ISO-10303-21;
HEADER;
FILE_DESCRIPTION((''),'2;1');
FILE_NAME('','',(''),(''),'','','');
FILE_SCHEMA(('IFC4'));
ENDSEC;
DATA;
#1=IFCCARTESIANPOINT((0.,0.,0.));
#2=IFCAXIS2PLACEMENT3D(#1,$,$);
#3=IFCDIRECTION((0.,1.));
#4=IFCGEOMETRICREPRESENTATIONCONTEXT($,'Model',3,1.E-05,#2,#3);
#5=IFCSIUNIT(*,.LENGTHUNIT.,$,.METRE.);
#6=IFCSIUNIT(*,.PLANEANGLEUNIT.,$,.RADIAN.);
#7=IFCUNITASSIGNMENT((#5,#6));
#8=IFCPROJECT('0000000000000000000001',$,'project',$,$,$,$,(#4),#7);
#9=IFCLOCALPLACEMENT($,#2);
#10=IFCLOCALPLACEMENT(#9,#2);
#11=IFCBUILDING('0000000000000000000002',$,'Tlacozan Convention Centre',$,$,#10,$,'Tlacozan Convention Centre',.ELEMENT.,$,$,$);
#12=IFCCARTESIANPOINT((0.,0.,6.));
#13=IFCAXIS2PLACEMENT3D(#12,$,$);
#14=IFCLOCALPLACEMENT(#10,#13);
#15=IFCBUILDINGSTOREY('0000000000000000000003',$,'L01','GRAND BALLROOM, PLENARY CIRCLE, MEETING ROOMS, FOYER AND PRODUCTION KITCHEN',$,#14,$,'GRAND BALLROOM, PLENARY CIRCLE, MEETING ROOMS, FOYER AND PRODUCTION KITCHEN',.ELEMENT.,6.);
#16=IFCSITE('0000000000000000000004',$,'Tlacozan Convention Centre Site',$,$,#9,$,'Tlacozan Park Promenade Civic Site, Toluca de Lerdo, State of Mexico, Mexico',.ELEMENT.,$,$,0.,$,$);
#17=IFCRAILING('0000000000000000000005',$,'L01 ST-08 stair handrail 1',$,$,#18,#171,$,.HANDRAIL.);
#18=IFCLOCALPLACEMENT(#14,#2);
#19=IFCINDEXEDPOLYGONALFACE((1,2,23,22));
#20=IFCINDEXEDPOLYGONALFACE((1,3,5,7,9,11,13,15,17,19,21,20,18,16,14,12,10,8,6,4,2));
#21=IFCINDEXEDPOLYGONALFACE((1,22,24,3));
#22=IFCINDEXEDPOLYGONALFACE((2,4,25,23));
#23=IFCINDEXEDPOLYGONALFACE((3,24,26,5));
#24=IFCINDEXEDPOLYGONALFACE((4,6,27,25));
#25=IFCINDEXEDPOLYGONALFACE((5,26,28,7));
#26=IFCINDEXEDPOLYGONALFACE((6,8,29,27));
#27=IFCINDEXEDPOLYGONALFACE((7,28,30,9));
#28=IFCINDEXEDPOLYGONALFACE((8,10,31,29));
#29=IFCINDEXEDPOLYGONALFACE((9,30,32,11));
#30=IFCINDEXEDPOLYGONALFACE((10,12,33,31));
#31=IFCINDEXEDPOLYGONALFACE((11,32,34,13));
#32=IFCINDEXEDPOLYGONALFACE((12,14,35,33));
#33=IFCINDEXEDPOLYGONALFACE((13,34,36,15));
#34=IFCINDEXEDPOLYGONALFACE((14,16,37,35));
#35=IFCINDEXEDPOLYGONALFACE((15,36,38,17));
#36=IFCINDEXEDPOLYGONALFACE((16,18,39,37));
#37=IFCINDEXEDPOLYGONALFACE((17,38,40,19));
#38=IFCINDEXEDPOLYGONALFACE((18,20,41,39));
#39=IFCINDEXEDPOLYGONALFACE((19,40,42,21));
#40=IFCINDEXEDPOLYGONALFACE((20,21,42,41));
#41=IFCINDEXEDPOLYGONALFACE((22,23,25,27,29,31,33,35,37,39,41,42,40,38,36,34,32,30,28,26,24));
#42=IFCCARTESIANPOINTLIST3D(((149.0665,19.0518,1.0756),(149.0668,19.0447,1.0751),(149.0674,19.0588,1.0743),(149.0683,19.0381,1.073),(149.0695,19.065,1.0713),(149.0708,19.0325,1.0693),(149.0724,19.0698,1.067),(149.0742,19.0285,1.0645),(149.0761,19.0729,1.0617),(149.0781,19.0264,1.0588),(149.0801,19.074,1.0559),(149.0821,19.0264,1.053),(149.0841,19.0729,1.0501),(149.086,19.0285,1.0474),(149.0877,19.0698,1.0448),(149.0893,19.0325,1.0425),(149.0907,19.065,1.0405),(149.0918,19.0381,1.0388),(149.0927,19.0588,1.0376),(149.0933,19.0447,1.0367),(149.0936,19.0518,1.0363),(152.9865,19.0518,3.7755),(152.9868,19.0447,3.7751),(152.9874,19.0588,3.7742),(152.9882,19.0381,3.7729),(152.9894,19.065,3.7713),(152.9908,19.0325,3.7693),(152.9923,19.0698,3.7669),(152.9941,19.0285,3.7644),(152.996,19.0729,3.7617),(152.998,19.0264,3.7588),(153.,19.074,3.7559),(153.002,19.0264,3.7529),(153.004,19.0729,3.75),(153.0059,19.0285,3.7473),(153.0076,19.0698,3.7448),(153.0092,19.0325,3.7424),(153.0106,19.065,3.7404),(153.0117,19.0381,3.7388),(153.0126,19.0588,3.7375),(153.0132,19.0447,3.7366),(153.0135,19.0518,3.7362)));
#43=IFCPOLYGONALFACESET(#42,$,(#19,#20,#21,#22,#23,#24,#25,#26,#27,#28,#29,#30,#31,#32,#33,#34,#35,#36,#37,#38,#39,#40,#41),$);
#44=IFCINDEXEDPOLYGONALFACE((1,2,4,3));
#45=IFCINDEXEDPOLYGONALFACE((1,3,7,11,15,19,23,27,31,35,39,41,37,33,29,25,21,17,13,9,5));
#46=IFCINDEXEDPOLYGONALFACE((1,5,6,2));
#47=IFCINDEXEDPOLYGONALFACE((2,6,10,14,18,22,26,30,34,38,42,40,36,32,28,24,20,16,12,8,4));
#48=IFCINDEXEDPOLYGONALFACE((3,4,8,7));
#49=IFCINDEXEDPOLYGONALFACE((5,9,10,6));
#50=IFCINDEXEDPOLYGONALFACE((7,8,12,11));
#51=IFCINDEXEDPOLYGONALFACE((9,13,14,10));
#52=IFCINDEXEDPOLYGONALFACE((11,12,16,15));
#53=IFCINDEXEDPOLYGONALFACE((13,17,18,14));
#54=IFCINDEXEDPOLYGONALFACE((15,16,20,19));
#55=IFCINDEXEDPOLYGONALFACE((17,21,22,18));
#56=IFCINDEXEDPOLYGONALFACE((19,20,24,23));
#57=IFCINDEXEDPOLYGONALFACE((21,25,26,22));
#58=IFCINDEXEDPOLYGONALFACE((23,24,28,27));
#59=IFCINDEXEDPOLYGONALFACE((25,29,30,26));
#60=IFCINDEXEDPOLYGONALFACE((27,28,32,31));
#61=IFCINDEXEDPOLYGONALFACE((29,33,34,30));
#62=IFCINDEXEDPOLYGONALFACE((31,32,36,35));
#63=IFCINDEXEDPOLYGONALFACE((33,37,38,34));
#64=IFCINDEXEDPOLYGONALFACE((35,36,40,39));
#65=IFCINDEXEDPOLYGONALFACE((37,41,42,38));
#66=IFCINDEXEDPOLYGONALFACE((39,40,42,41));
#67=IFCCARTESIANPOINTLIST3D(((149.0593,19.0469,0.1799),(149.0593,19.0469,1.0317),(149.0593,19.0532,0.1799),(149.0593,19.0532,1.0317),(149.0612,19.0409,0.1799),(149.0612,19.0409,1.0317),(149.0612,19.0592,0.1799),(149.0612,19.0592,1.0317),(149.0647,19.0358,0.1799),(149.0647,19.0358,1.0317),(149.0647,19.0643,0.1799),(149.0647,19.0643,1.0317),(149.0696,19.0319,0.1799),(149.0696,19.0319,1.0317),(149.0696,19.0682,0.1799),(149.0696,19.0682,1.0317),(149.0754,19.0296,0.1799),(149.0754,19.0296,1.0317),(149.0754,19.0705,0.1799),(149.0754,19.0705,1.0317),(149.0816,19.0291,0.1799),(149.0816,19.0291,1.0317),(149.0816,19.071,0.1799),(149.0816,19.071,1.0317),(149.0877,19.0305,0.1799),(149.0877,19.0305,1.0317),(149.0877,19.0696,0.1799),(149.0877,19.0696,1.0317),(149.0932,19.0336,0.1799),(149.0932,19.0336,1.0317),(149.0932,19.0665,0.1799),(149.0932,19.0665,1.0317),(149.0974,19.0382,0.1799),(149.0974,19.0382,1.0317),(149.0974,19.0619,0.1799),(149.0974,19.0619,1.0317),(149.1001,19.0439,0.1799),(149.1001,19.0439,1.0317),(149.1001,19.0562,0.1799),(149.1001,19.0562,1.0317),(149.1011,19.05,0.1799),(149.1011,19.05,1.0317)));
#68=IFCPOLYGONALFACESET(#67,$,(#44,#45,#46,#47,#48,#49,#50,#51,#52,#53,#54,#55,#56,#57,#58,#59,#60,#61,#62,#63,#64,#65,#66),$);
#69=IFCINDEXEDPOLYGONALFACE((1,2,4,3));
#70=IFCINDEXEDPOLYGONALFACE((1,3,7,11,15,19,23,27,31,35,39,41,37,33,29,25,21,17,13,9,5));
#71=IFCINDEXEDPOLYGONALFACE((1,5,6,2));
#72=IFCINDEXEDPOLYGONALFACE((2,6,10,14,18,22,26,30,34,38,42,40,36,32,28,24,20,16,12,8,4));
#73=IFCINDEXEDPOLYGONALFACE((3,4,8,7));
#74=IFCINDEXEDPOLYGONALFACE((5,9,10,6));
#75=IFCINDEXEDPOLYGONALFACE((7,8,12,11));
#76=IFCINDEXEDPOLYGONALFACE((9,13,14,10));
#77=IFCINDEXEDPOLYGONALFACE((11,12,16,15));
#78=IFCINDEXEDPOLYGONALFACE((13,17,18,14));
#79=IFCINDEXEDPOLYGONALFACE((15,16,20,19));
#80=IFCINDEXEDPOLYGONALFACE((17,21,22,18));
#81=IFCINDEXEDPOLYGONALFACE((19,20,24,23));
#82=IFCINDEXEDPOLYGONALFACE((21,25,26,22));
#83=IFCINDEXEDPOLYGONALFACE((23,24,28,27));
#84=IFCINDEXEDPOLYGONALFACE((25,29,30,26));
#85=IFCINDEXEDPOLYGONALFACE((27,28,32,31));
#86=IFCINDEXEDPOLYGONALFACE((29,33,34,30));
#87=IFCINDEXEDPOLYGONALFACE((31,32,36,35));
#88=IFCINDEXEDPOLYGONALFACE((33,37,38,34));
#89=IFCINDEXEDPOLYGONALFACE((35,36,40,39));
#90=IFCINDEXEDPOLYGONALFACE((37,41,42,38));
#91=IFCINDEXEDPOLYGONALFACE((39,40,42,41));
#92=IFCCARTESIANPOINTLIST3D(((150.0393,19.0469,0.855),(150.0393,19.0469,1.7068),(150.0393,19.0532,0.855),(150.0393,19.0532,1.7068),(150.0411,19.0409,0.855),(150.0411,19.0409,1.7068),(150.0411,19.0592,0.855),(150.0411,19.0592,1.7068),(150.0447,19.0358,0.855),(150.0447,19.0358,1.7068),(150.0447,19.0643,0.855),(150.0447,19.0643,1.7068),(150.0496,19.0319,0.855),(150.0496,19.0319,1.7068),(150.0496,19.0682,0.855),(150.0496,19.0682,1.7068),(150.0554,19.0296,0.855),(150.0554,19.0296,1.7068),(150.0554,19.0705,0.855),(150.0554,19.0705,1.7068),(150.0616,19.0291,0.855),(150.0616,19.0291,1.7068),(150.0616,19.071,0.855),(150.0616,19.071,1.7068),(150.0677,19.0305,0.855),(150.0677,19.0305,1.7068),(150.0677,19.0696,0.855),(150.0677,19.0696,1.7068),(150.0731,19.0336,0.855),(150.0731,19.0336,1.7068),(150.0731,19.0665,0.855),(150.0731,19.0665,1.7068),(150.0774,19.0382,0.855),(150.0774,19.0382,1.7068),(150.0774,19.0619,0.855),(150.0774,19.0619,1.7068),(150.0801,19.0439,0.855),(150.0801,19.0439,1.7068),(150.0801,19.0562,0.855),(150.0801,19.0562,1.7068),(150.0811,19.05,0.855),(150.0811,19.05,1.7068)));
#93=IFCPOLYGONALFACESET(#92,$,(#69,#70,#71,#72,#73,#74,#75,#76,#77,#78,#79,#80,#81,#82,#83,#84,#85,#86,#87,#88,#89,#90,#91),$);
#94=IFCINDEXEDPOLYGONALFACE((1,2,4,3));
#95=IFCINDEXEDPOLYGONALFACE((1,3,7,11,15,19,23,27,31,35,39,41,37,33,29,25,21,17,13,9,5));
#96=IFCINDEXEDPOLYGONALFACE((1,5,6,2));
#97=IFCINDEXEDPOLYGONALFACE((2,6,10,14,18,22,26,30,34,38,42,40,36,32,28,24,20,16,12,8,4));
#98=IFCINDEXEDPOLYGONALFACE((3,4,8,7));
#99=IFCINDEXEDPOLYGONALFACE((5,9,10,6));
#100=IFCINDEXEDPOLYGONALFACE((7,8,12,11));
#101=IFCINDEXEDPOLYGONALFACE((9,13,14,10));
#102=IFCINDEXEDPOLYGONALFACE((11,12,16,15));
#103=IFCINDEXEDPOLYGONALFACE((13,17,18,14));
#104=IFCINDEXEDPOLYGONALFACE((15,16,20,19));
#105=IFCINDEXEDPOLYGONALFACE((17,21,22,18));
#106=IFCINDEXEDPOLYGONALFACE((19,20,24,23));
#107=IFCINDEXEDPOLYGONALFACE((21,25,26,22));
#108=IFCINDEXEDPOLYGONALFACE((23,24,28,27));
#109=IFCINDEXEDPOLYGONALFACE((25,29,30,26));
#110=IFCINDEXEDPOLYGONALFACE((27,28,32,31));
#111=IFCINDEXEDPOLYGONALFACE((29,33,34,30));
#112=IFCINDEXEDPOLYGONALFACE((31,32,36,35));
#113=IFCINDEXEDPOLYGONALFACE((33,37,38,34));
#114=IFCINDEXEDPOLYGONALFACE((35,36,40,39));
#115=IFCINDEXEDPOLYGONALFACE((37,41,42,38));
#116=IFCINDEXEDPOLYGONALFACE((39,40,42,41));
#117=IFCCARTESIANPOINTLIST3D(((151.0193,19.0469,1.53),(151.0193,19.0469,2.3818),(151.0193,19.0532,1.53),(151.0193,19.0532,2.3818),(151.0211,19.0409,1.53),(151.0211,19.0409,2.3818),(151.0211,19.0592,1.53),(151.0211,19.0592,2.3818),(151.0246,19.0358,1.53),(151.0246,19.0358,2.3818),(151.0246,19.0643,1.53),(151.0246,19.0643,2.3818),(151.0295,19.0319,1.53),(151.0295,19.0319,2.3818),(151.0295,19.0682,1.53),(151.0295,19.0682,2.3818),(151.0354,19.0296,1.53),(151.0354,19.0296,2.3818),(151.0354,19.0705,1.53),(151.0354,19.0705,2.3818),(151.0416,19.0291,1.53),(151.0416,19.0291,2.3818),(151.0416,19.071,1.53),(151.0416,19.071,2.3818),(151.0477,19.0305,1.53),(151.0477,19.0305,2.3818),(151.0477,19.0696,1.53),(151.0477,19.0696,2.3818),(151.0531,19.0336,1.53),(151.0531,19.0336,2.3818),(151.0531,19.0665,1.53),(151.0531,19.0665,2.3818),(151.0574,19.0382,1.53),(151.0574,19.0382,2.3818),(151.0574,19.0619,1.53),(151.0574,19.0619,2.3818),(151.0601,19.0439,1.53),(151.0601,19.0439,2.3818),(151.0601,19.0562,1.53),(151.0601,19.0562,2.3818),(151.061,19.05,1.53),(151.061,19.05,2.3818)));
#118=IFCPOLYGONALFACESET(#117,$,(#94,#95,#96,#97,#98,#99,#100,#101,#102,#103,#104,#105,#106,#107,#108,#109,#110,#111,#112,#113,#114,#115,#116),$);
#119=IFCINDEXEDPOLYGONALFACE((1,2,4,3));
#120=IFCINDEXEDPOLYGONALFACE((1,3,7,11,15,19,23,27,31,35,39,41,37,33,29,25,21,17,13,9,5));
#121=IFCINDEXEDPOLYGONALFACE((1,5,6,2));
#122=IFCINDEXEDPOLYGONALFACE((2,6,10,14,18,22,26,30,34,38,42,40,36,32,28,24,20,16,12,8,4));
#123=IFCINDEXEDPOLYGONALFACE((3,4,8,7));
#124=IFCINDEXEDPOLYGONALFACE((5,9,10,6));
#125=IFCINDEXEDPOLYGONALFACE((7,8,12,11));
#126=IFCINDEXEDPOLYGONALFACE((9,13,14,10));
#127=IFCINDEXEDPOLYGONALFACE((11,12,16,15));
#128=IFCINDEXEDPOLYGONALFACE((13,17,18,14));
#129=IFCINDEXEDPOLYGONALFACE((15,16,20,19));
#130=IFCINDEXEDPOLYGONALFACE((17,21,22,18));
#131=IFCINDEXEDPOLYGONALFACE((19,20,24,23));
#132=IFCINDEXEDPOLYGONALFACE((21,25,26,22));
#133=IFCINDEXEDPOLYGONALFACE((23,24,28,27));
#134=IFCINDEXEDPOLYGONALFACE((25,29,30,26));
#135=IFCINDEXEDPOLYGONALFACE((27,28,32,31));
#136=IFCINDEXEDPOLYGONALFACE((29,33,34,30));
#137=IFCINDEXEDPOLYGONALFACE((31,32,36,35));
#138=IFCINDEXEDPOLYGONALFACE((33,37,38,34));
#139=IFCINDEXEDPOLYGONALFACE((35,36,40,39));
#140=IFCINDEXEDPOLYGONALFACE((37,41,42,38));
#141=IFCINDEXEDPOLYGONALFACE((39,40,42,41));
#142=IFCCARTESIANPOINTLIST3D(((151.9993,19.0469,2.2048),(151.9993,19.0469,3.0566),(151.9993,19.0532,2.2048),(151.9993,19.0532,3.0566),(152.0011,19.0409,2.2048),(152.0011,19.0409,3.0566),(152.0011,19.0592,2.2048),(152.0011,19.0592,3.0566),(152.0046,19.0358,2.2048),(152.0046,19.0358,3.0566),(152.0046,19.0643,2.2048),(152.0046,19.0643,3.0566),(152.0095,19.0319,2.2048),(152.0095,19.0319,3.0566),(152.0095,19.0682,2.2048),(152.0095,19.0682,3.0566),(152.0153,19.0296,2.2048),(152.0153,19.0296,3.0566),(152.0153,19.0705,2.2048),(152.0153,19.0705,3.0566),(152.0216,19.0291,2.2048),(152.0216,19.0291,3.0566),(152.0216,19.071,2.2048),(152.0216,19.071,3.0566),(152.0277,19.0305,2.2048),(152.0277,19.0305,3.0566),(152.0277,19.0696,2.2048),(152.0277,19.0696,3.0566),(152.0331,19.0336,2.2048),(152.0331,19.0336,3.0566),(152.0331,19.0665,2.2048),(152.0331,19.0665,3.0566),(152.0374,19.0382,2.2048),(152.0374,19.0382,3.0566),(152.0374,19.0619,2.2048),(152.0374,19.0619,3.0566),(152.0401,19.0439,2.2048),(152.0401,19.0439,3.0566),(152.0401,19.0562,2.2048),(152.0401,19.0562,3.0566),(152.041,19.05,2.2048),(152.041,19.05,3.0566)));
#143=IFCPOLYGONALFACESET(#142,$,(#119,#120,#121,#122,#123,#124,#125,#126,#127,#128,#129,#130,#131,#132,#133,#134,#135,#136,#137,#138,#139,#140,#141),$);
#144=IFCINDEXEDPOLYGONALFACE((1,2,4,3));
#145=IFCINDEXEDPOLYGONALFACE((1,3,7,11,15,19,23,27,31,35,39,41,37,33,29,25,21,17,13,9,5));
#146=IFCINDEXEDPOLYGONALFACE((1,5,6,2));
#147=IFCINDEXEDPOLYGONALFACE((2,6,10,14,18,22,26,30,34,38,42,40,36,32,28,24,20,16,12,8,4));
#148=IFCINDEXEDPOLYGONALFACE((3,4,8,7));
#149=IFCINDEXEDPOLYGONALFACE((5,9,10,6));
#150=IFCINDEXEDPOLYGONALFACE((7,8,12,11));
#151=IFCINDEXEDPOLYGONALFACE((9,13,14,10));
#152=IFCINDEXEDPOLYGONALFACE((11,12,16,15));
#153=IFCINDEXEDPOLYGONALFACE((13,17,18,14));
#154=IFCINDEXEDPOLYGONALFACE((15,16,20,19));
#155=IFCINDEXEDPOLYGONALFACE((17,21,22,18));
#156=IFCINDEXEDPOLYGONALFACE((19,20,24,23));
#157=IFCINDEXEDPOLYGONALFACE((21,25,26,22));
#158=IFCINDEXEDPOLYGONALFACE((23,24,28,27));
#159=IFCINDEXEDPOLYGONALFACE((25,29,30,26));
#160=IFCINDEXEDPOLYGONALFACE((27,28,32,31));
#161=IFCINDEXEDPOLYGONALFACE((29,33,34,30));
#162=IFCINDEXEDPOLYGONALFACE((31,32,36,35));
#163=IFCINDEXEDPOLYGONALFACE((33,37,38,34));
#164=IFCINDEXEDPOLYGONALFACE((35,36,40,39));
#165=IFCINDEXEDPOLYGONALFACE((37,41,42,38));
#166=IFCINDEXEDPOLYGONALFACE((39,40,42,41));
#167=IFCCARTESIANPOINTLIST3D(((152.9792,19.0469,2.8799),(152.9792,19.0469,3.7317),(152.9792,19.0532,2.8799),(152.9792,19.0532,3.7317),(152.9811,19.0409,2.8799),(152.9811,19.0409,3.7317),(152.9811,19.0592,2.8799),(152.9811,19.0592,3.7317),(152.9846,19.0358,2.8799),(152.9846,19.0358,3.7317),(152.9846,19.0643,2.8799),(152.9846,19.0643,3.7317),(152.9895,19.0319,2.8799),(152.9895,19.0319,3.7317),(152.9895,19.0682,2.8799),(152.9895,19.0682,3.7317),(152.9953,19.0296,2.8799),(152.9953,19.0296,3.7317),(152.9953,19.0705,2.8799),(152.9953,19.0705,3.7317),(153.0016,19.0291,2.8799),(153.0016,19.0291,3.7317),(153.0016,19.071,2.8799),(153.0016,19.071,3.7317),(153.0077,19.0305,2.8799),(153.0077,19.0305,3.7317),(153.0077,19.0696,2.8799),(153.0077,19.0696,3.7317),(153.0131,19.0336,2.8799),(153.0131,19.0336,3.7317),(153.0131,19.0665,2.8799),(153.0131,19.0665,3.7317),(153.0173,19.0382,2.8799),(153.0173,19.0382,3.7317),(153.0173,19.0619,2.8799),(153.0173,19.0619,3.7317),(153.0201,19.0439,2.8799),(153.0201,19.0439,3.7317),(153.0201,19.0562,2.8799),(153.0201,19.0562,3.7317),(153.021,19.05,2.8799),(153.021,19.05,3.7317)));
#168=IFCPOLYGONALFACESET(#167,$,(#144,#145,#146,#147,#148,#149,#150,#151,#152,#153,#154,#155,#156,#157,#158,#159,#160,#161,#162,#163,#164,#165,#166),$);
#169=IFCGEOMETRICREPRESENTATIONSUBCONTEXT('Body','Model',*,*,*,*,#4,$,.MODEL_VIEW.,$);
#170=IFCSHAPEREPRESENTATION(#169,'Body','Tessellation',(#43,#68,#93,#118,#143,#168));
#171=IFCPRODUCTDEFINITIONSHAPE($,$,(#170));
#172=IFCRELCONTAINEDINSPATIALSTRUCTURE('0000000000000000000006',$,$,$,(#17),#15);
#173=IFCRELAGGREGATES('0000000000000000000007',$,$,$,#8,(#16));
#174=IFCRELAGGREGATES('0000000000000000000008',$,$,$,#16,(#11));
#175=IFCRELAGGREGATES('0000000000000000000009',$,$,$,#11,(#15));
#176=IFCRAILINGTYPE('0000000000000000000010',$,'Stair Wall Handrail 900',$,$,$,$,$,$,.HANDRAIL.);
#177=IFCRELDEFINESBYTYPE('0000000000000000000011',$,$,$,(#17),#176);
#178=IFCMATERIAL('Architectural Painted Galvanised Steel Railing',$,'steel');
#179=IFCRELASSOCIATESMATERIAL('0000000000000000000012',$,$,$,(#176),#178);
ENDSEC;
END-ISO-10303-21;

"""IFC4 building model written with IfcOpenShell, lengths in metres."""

from ifc_helpers import new_model, si_unit, direction, frame, origin, origin_2d, place, context, subcontext, project, spatial, circle, extrude, material, type_object, element, save


model = new_model("IFC4")

# Units and contexts
model_context = context("Model", 3, precision=1e-05, world=origin(), true_north=direction((0.0, 1.0)))
body_context = subcontext(model_context, "Body", "Model", "MODEL_VIEW")
ifc_project = project(units=[si_unit("LENGTHUNIT", "METRE"), si_unit("PLANEANGLEUNIT", "RADIAN")], contexts=[model_context])

# Site, building, storey
site_placement = place(None, origin())
site = spatial("IfcSite", under=ifc_project, at=site_placement, Name="Tlacozan Convention Centre Site", LongName="Tlacozan Park Promenade Civic Site, Toluca de Lerdo, State of Mexico, Mexico", CompositionType="ELEMENT", RefElevation=0.0)
building_placement = place(site_placement, origin())
building = spatial("IfcBuilding", under=site, at=building_placement, Name="Tlacozan Convention Centre", LongName="Tlacozan Convention Centre", CompositionType="ELEMENT")
storey_placement = place(building_placement, frame((0.0, 0.0, 6.0)))
storey = spatial("IfcBuildingStorey", under=building, at=storey_placement, Name="L01", Description="GRAND BALLROOM, PLENARY CIRCLE, MEETING ROOMS, FOYER AND PRODUCTION KITCHEN", LongName="GRAND BALLROOM, PLENARY CIRCLE, MEETING ROOMS, FOYER AND PRODUCTION KITCHEN", CompositionType="ELEMENT", Elevation=6.0)

# Railing
ifc_material_1 = material(Name="Architectural Painted Galvanised Steel Railing", Category="steel")
railing_type_1 = type_object("IfcRailingType", Name="Stair Wall Handrail 900", PredefinedType="HANDRAIL", material=ifc_material_1)
railing_1_placement = place(storey_placement, frame((149.0801, 19.05, 0.1799)))
element("IfcRailing", 1, at=railing_1_placement, inside=storey, type_object=railing_type_1, Name="L01 ST-08 stair handrail 1", PredefinedType="HANDRAIL", context=body_context, shape_type="SweptSolid", body=[
    extrude(circle(Radius=0.0239, at=origin_2d()), frame((0.0, 0.0, 0.876), z_axis=(0.823551, 0.0, 0.567243), x_axis=(0.0, 1.0, 0.0)), (0.0, 0.0, 1.0), 4.7598),
    extrude(circle(Radius=0.021, at=origin_2d()), origin(), (0.0, 0.0, 1.0), 0.8518),
    extrude(circle(Radius=0.021, at=origin_2d()), frame((0.98, 0.0, 0.675)), (0.0, 0.0, 1.0), 0.8518),
    extrude(circle(Radius=0.021, at=origin_2d()), frame((1.96, 0.0, 1.3501)), (0.0, 0.0, 1.0), 0.8518),
    extrude(circle(Radius=0.021, at=origin_2d()), frame((2.9399, 0.0, 2.0249)), (0.0, 0.0, 1.0), 0.8518),
    extrude(circle(Radius=0.021, at=origin_2d()), frame((3.9199, 0.0, 2.7)), (0.0, 0.0, 1.0), 0.8518),
])

save(model, "model.ifc")
